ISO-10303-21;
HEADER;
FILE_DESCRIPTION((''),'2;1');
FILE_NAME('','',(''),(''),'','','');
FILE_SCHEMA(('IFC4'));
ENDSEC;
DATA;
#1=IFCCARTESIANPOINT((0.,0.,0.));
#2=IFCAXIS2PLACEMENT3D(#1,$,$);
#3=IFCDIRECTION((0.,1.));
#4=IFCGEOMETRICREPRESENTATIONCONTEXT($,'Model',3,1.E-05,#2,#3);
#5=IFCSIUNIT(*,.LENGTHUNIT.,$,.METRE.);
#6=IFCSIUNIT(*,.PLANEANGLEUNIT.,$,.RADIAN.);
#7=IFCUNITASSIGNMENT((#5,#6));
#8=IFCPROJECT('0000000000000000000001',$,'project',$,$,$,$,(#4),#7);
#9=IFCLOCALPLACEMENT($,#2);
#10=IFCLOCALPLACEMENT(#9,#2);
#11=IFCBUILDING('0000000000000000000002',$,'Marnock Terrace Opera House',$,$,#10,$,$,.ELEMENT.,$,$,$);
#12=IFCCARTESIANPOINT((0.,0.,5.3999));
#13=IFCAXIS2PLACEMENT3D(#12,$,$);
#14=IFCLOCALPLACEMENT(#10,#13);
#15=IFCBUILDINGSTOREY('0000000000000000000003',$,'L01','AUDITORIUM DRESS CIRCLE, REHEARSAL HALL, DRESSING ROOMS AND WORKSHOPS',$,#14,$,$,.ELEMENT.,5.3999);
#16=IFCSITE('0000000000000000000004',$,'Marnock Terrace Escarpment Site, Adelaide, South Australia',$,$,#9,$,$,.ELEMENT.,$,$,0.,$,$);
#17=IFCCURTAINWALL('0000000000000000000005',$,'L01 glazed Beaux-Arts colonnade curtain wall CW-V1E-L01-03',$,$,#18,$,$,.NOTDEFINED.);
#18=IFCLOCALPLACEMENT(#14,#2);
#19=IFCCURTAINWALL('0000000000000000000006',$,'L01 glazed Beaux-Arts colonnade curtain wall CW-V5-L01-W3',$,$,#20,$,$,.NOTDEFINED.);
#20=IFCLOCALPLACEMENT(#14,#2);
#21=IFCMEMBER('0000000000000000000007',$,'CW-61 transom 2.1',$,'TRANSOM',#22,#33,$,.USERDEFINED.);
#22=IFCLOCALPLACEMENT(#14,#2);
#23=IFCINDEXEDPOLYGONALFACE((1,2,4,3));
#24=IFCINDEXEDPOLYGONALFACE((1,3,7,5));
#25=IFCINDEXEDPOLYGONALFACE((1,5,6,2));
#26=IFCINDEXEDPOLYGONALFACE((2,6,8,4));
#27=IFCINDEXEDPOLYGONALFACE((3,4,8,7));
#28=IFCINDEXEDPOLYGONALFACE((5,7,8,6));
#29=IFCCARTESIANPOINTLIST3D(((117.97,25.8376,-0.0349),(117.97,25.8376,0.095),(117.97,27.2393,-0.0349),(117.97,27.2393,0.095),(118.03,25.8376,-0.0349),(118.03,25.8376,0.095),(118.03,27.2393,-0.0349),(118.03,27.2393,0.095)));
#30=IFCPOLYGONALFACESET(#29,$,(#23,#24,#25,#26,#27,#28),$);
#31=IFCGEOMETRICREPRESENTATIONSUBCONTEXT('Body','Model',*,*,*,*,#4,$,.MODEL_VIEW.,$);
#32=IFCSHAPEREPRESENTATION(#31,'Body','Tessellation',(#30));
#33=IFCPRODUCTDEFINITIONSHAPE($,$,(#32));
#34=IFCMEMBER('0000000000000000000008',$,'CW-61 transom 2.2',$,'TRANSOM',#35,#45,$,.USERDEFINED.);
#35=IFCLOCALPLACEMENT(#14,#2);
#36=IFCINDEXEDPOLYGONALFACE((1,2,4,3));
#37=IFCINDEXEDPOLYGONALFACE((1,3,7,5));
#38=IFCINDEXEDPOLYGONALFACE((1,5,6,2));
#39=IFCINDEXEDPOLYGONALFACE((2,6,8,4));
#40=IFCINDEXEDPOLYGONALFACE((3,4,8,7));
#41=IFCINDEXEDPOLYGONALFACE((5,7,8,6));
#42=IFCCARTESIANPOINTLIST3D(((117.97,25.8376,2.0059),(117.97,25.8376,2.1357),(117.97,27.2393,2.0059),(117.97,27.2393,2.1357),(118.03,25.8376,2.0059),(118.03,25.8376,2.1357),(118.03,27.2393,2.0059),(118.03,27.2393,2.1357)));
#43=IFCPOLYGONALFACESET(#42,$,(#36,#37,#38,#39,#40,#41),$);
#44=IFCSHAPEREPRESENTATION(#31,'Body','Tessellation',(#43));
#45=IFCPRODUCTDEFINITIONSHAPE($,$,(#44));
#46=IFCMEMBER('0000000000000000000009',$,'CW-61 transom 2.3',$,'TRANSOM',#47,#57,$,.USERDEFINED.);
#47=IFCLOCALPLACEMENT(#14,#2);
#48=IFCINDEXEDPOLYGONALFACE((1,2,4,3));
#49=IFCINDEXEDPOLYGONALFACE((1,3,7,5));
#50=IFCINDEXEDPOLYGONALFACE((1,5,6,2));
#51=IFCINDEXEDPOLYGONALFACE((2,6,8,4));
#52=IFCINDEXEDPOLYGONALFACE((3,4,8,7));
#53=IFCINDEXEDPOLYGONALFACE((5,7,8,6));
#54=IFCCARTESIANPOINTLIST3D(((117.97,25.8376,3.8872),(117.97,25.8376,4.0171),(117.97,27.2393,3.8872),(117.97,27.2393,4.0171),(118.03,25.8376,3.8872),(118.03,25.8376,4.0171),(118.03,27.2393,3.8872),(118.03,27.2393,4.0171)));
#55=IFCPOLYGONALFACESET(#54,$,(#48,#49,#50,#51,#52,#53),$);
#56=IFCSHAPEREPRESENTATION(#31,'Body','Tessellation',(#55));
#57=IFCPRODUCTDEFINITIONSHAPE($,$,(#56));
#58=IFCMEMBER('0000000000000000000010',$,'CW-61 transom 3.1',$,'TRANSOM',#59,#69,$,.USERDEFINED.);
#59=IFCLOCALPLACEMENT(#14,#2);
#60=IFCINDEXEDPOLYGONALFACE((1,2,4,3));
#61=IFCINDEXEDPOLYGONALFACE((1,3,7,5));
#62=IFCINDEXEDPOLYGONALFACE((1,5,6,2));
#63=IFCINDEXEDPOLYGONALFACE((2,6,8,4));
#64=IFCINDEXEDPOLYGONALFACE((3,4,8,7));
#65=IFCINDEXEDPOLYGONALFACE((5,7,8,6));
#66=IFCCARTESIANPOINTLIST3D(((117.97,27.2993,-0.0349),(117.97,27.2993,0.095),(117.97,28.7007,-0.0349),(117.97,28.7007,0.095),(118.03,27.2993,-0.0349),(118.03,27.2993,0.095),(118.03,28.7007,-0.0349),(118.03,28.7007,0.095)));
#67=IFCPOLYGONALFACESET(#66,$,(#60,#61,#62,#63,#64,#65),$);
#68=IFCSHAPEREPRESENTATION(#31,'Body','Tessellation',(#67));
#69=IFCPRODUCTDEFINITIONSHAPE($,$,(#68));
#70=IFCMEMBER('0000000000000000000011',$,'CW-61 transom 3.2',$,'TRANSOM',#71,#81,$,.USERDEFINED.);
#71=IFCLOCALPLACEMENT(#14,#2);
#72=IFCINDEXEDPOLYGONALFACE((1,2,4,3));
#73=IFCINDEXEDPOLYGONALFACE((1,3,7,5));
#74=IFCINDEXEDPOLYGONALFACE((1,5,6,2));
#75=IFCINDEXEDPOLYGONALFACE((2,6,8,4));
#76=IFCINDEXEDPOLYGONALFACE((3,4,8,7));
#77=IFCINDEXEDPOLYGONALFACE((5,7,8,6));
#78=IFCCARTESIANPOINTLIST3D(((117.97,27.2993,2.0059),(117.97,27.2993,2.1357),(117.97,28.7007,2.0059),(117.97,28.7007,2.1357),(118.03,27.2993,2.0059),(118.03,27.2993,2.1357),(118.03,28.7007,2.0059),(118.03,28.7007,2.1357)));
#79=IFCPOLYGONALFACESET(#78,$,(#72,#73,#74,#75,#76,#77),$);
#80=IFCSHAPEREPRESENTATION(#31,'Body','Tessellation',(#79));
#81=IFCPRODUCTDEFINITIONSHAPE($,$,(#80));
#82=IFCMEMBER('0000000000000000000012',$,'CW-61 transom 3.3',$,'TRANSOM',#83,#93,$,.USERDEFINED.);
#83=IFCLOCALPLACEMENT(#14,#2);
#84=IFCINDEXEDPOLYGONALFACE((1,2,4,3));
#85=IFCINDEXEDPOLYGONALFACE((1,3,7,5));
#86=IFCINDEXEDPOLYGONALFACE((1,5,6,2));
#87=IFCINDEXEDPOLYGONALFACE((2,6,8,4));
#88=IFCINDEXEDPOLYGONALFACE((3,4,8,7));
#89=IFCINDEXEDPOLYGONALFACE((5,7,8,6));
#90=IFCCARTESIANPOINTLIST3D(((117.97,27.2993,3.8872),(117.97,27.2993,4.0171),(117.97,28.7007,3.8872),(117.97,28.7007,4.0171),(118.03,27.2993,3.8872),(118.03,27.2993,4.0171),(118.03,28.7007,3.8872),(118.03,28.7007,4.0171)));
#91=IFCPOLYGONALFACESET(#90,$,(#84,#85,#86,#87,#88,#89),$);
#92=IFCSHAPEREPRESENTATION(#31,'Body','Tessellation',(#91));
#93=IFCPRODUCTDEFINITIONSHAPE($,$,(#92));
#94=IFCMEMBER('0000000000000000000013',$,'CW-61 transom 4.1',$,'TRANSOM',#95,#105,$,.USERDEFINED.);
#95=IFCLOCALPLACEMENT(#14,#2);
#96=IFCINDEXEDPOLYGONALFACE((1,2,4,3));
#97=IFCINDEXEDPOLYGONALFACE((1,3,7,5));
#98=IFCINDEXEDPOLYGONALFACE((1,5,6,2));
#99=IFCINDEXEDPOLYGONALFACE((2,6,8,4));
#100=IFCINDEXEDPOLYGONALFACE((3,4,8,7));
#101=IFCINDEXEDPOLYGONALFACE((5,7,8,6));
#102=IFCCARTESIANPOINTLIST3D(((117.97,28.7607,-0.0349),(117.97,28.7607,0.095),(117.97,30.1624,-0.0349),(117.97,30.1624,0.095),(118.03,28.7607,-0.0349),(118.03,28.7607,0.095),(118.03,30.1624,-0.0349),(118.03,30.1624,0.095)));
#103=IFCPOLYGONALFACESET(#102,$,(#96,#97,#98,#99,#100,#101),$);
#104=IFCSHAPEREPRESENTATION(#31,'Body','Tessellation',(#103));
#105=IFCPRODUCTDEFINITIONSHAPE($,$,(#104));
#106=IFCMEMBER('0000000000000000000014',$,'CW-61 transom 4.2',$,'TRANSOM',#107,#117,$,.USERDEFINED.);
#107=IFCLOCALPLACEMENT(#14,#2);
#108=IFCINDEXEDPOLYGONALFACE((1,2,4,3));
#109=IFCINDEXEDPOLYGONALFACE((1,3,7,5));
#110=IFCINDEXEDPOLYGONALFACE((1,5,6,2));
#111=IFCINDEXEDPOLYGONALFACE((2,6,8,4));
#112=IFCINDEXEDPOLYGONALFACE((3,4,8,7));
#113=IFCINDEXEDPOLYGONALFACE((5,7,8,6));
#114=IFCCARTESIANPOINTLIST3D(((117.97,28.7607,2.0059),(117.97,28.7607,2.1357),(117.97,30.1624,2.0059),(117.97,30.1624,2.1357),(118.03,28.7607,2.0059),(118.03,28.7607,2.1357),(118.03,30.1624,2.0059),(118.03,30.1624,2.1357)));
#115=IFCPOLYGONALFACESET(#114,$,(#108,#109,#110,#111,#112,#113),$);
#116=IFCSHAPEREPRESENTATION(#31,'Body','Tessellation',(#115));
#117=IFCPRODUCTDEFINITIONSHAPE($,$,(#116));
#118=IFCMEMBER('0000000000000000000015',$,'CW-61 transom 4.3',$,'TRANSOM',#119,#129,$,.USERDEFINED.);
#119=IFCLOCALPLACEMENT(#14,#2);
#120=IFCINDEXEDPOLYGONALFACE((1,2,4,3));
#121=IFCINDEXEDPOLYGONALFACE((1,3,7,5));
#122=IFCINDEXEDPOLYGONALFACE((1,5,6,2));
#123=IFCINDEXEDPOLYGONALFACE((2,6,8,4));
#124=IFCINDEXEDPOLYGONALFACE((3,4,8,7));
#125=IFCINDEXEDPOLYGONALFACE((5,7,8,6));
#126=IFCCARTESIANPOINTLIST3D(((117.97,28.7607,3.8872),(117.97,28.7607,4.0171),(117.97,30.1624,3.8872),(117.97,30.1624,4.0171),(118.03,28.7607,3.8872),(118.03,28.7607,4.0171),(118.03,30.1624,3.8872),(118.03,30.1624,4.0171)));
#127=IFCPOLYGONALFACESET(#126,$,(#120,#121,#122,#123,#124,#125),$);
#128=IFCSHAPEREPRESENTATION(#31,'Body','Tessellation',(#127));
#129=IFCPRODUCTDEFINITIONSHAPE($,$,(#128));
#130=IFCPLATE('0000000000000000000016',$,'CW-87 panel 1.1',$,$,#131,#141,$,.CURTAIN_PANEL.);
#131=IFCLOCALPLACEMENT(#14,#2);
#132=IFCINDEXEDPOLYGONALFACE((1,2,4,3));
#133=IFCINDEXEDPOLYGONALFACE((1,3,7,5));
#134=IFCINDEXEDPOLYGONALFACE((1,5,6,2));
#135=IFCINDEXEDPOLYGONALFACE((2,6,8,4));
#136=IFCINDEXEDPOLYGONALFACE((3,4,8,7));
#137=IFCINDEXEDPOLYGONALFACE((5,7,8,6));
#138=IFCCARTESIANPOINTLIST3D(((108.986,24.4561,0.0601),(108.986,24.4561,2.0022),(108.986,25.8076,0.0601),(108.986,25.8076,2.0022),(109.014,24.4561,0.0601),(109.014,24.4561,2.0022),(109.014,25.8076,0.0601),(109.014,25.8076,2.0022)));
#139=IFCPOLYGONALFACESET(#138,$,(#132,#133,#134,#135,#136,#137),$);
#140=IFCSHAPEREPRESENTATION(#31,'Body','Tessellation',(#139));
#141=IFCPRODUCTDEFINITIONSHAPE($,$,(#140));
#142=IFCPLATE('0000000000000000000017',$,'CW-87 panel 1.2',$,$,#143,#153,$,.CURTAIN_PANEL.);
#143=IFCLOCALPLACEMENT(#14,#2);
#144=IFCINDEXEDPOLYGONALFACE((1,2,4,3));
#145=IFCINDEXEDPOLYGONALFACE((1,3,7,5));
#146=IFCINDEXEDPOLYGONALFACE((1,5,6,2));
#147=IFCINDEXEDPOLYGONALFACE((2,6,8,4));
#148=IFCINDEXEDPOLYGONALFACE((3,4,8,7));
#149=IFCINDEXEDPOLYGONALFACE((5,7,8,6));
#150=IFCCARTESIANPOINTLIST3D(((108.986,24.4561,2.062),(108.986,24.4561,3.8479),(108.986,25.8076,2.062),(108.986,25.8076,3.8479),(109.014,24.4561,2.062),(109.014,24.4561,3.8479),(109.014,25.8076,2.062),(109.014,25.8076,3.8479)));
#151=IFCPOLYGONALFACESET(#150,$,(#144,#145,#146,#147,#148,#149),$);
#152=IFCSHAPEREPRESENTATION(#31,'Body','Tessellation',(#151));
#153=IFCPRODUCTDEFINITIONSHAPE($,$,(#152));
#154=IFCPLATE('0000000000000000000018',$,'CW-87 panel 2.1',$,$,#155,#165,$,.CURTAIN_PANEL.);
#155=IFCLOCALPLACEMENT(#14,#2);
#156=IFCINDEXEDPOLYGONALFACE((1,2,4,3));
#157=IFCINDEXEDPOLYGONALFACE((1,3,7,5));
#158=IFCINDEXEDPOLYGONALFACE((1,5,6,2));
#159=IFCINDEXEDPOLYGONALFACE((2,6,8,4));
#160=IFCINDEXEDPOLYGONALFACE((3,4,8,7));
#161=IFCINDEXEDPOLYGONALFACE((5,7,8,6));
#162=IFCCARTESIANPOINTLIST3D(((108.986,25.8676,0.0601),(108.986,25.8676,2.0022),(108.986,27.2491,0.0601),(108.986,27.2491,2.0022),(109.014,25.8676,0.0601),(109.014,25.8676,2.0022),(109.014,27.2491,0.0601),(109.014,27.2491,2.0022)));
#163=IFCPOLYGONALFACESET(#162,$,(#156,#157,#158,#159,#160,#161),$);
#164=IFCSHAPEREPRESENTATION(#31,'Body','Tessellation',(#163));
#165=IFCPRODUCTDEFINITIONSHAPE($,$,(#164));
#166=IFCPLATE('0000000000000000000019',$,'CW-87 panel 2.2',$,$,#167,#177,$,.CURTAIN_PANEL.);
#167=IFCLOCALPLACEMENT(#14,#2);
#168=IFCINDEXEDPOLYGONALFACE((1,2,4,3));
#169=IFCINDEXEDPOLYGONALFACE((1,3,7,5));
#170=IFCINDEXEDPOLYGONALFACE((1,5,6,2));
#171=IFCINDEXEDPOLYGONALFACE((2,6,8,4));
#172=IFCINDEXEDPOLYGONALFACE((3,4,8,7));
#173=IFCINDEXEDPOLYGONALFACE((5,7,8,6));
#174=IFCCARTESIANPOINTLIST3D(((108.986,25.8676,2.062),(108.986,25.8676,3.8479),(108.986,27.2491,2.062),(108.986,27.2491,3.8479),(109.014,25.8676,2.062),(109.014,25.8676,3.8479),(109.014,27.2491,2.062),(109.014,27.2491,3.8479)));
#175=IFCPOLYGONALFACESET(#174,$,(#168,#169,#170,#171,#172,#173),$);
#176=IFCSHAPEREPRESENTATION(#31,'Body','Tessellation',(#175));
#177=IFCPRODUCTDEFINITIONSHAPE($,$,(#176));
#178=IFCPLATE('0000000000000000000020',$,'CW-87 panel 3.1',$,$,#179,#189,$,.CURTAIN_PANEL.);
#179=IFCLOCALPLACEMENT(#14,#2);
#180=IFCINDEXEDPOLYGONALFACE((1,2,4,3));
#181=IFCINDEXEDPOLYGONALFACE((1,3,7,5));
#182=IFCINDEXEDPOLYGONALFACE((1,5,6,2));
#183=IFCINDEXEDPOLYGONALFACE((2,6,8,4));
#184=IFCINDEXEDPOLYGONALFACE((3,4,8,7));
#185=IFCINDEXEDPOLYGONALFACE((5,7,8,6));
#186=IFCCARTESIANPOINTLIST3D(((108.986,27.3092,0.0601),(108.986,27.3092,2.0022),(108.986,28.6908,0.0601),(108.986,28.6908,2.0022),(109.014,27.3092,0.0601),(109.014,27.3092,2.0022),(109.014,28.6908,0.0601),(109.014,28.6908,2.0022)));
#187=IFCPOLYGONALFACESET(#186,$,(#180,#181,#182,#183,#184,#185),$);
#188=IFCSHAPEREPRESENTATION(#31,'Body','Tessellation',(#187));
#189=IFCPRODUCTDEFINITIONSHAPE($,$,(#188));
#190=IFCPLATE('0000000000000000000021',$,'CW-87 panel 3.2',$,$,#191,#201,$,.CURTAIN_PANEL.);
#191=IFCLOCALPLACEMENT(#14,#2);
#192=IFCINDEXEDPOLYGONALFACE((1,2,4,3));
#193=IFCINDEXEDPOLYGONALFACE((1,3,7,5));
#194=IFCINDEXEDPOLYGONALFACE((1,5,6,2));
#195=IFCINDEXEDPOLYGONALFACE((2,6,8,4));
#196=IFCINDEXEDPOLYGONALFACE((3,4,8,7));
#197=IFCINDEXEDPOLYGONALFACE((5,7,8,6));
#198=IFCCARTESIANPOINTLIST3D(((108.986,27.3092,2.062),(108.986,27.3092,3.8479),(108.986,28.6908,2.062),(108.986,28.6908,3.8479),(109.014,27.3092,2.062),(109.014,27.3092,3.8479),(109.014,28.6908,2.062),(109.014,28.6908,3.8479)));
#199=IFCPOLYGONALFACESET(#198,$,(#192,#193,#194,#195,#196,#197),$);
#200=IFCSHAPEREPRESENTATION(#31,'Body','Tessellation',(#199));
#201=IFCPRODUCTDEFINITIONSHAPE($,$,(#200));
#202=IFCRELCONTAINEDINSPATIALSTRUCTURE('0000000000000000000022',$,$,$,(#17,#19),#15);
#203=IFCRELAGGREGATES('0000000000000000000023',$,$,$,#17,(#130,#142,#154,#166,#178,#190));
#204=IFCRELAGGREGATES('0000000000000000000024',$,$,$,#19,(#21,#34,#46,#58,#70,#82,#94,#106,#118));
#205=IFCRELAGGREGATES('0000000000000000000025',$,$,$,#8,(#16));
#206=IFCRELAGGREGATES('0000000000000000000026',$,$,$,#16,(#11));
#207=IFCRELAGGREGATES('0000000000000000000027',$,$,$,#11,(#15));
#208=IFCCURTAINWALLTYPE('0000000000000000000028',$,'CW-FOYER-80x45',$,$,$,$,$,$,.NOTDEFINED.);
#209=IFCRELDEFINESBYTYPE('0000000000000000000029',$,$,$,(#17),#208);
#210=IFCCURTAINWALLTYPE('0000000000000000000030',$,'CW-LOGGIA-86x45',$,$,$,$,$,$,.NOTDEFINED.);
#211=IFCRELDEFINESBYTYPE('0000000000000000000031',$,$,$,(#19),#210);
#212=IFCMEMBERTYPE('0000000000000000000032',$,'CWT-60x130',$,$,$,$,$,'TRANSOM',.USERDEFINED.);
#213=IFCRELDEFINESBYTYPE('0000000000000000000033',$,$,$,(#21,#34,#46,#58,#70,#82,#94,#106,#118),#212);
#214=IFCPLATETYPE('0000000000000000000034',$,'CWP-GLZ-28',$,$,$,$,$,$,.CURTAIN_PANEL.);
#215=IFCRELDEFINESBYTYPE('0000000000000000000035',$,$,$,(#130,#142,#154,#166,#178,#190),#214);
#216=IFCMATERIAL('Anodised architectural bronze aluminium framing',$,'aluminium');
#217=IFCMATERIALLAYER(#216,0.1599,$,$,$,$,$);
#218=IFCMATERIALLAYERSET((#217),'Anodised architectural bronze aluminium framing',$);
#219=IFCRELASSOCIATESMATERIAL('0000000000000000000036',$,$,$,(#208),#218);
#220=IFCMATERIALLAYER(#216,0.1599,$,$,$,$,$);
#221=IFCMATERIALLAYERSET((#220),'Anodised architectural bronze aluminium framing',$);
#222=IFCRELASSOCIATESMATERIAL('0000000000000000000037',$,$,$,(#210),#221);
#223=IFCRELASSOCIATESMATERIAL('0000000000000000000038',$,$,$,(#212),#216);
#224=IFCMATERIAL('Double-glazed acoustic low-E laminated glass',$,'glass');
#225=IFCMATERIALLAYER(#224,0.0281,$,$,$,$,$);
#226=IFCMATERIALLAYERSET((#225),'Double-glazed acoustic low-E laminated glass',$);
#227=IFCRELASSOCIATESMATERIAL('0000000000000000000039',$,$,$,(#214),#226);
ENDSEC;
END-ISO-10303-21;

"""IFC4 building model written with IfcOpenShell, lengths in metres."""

from ifc_helpers import new_model, si_unit, direction, frame, origin, origin_2d, place, context, subcontext, project, spatial, rectangle, extrude, material, layer, layer_set, material_profile, profile_set, type_object, element, aggregate, save


model = new_model("IFC4")

# Units and contexts
model_context = context("Model", 3, precision=1e-05, world=origin(), true_north=direction((0.0, 1.0)))
body_context = subcontext(model_context, "Body", "Model", "MODEL_VIEW")
ifc_project = project(units=[si_unit("LENGTHUNIT", "METRE"), si_unit("PLANEANGLEUNIT", "RADIAN")], contexts=[model_context])

# Site, building, storey
site_placement = place(None, origin())
site = spatial("IfcSite", under=ifc_project, at=site_placement, Name="Marnock Terrace Escarpment Site, Adelaide, South Australia", CompositionType="ELEMENT", RefElevation=0.0)
building_placement = place(site_placement, origin())
building = spatial("IfcBuilding", under=site, at=building_placement, Name="Marnock Terrace Opera House", CompositionType="ELEMENT")
storey_placement = place(building_placement, frame((0.0, 0.0, 5.3999)))
storey = spatial("IfcBuildingStorey", under=building, at=storey_placement, Name="L01", Description="AUDITORIUM DRESS CIRCLE, REHEARSAL HALL, DRESSING ROOMS AND WORKSHOPS", CompositionType="ELEMENT", Elevation=5.3999)

# Curtain walls
ifc_material_1 = material(Name="Anodised architectural bronze aluminium framing", Category="aluminium")
ifc_layer_1 = layer(ifc_material_1, 0.1599)
ifc_layer_set_1 = layer_set([ifc_layer_1], Name="Anodised architectural bronze aluminium framing")
curtain_wall_type_1 = type_object("IfcCurtainWallType", Name="CW-FOYER-80x45", PredefinedType="NOTDEFINED", material=ifc_layer_set_1)
curtain_wall_1_placement = place(storey_placement, origin())
curtain_wall_1 = element("IfcCurtainWall", 1, at=curtain_wall_1_placement, inside=storey, type_object=curtain_wall_type_1, Name="L01 glazed Beaux-Arts colonnade curtain wall CW-V1E-L01-03", PredefinedType="NOTDEFINED")
ifc_layer_2 = layer(ifc_material_1, 0.1599)
ifc_layer_set_2 = layer_set([ifc_layer_2], Name="Anodised architectural bronze aluminium framing")
curtain_wall_type_2 = type_object("IfcCurtainWallType", Name="CW-LOGGIA-86x45", PredefinedType="NOTDEFINED", material=ifc_layer_set_2)
curtain_wall_2_placement = place(storey_placement, origin())
curtain_wall_2 = element("IfcCurtainWall", 2, at=curtain_wall_2_placement, inside=storey, type_object=curtain_wall_type_2, Name="L01 glazed Beaux-Arts colonnade curtain wall CW-V5-L01-W3", PredefinedType="NOTDEFINED")

# Members
ifc_material_profile_1 = material_profile(ifc_material_1, rectangle(XDim=0.0601, YDim=0.1299, at=origin_2d()))
ifc_profile_set_1 = profile_set([ifc_material_profile_1], Name="Anodised architectural bronze aluminium framing")
member_type_1 = type_object("IfcMemberType", Name="CWT-60x130", ElementType="TRANSOM", PredefinedType="USERDEFINED", material=ifc_profile_set_1)
member_1_placement = place(storey_placement, frame((118.0, 25.8376, 0.03), z_axis=(0.0, 1.0, 0.0), x_axis=(-1.0, 0.0, 0.0)))
member_1 = element("IfcMember", 3, at=member_1_placement, type_object=member_type_1, Name="CW-61 transom 2.1", ObjectType="TRANSOM", PredefinedType="USERDEFINED", context=body_context, shape_type="SweptSolid", body=[
    extrude(rectangle(XDim=0.0601, YDim=0.1299, at=origin_2d()), origin(), (0.0, 0.0, 1.0), 1.4016),
])
member_2_placement = place(storey_placement, frame((118.0, 25.8376, 2.0708), z_axis=(0.0, 1.0, 0.0), x_axis=(-1.0, 0.0, 0.0)))
member_2 = element("IfcMember", 4, at=member_2_placement, type_object=member_type_1, Name="CW-61 transom 2.2", ObjectType="TRANSOM", PredefinedType="USERDEFINED", context=body_context, shape_type="SweptSolid", body=[
    extrude(rectangle(XDim=0.0601, YDim=0.1299, at=origin_2d()), origin(), (0.0, 0.0, 1.0), 1.4016),
])
member_3_placement = place(storey_placement, frame((118.0, 25.8376, 3.9521), z_axis=(0.0, 1.0, 0.0), x_axis=(-1.0, 0.0, 0.0)))
member_3 = element("IfcMember", 5, at=member_3_placement, type_object=member_type_1, Name="CW-61 transom 2.3", ObjectType="TRANSOM", PredefinedType="USERDEFINED", context=body_context, shape_type="SweptSolid", body=[
    extrude(rectangle(XDim=0.0601, YDim=0.1299, at=origin_2d()), origin(), (0.0, 0.0, 1.0), 1.4016),
])
member_4_placement = place(storey_placement, frame((118.0, 27.2993, 0.03), z_axis=(0.0, 1.0, 0.0), x_axis=(-1.0, 0.0, 0.0)))
member_4 = element("IfcMember", 6, at=member_4_placement, type_object=member_type_1, Name="CW-61 transom 3.1", ObjectType="TRANSOM", PredefinedType="USERDEFINED", context=body_context, shape_type="SweptSolid", body=[
    extrude(rectangle(XDim=0.0601, YDim=0.1299, at=origin_2d()), origin(), (0.0, 0.0, 1.0), 1.4014),
])
member_5_placement = place(storey_placement, frame((118.0, 27.2993, 2.0708), z_axis=(0.0, 1.0, 0.0), x_axis=(-1.0, 0.0, 0.0)))
member_5 = element("IfcMember", 7, at=member_5_placement, type_object=member_type_1, Name="CW-61 transom 3.2", ObjectType="TRANSOM", PredefinedType="USERDEFINED", context=body_context, shape_type="SweptSolid", body=[
    extrude(rectangle(XDim=0.0601, YDim=0.1299, at=origin_2d()), origin(), (0.0, 0.0, 1.0), 1.4014),
])
member_6_placement = place(storey_placement, frame((118.0, 27.2993, 3.9521), z_axis=(0.0, 1.0, 0.0), x_axis=(-1.0, 0.0, 0.0)))
member_6 = element("IfcMember", 8, at=member_6_placement, type_object=member_type_1, Name="CW-61 transom 3.3", ObjectType="TRANSOM", PredefinedType="USERDEFINED", context=body_context, shape_type="SweptSolid", body=[
    extrude(rectangle(XDim=0.0601, YDim=0.1299, at=origin_2d()), origin(), (0.0, 0.0, 1.0), 1.4014),
])
member_7_placement = place(storey_placement, frame((118.0, 28.7607, 0.03), z_axis=(0.0, 1.0, 0.0), x_axis=(-1.0, 0.0, 0.0)))
member_7 = element("IfcMember", 9, at=member_7_placement, type_object=member_type_1, Name="CW-61 transom 4.1", ObjectType="TRANSOM", PredefinedType="USERDEFINED", context=body_context, shape_type="SweptSolid", body=[
    extrude(rectangle(XDim=0.0601, YDim=0.1299, at=origin_2d()), origin(), (0.0, 0.0, 1.0), 1.4016),
])
member_8_placement = place(storey_placement, frame((118.0, 28.7607, 2.0708), z_axis=(0.0, 1.0, 0.0), x_axis=(-1.0, 0.0, 0.0)))
member_8 = element("IfcMember", 10, at=member_8_placement, type_object=member_type_1, Name="CW-61 transom 4.2", ObjectType="TRANSOM", PredefinedType="USERDEFINED", context=body_context, shape_type="SweptSolid", body=[
    extrude(rectangle(XDim=0.0601, YDim=0.1299, at=origin_2d()), origin(), (0.0, 0.0, 1.0), 1.4016),
])
member_9_placement = place(storey_placement, frame((118.0, 28.7607, 3.9521), z_axis=(0.0, 1.0, 0.0), x_axis=(-1.0, 0.0, 0.0)))
member_9 = element("IfcMember", 11, at=member_9_placement, type_object=member_type_1, Name="CW-61 transom 4.3", ObjectType="TRANSOM", PredefinedType="USERDEFINED", context=body_context, shape_type="SweptSolid", body=[
    extrude(rectangle(XDim=0.0601, YDim=0.1299, at=origin_2d()), origin(), (0.0, 0.0, 1.0), 1.4016),
])

# Plates
ifc_material_2 = material(Name="Double-glazed acoustic low-E laminated glass", Category="glass")
ifc_layer_3 = layer(ifc_material_2, 0.0281)
ifc_layer_set_3 = layer_set([ifc_layer_3], Name="Double-glazed acoustic low-E laminated glass")
plate_type = type_object("IfcPlateType", Name="CWP-GLZ-28", PredefinedType="CURTAIN_PANEL", material=ifc_layer_set_3)
plate_1_placement = place(storey_placement, frame((109.0, 25.1318, 0.0601), z_axis=(0.0, 0.0, 1.0), x_axis=(0.0, 1.0, 0.0)))
plate_1 = element("IfcPlate", 12, at=plate_1_placement, type_object=plate_type, Name="CW-87 panel 1.1", PredefinedType="CURTAIN_PANEL", context=body_context, shape_type="SweptSolid", body=[
    extrude(rectangle(XDim=1.3516, YDim=0.0281, at=origin_2d()), origin(), (0.0, 0.0, 1.0), 1.9421),
])
plate_2_placement = place(storey_placement, frame((109.0, 25.1318, 2.062), z_axis=(0.0, 0.0, 1.0), x_axis=(0.0, 1.0, 0.0)))
plate_2 = element("IfcPlate", 13, at=plate_2_placement, type_object=plate_type, Name="CW-87 panel 1.2", PredefinedType="CURTAIN_PANEL", context=body_context, shape_type="SweptSolid", body=[
    extrude(rectangle(XDim=1.3516, YDim=0.0281, at=origin_2d()), origin(), (0.0, 0.0, 1.0), 1.7859),
])
plate_3_placement = place(storey_placement, frame((109.0, 26.5583, 0.0601), z_axis=(0.0, 0.0, 1.0), x_axis=(0.0, 1.0, 0.0)))
plate_3 = element("IfcPlate", 14, at=plate_3_placement, type_object=plate_type, Name="CW-87 panel 2.1", PredefinedType="CURTAIN_PANEL", context=body_context, shape_type="SweptSolid", body=[
    extrude(rectangle(XDim=1.3816, YDim=0.0281, at=origin_2d()), origin(), (0.0, 0.0, 1.0), 1.9421),
])
plate_4_placement = place(storey_placement, frame((109.0, 26.5583, 2.062), z_axis=(0.0, 0.0, 1.0), x_axis=(0.0, 1.0, 0.0)))
plate_4 = element("IfcPlate", 15, at=plate_4_placement, type_object=plate_type, Name="CW-87 panel 2.2", PredefinedType="CURTAIN_PANEL", context=body_context, shape_type="SweptSolid", body=[
    extrude(rectangle(XDim=1.3816, YDim=0.0281, at=origin_2d()), origin(), (0.0, 0.0, 1.0), 1.7859),
])
plate_5_placement = place(storey_placement, frame((109.0, 28.0, 0.0601), z_axis=(0.0, 0.0, 1.0), x_axis=(0.0, 1.0, 0.0)))
plate_5 = element("IfcPlate", 16, at=plate_5_placement, type_object=plate_type, Name="CW-87 panel 3.1", PredefinedType="CURTAIN_PANEL", context=body_context, shape_type="SweptSolid", body=[
    extrude(rectangle(XDim=1.3816, YDim=0.0281, at=origin_2d()), origin(), (0.0, 0.0, 1.0), 1.9421),
])
plate_6_placement = place(storey_placement, frame((109.0, 28.0, 2.062), z_axis=(0.0, 0.0, 1.0), x_axis=(0.0, 1.0, 0.0)))
plate_6 = element("IfcPlate", 17, at=plate_6_placement, type_object=plate_type, Name="CW-87 panel 3.2", PredefinedType="CURTAIN_PANEL", context=body_context, shape_type="SweptSolid", body=[
    extrude(rectangle(XDim=1.3816, YDim=0.0281, at=origin_2d()), origin(), (0.0, 0.0, 1.0), 1.7859),
])
aggregate(curtain_wall_1, [plate_1, plate_2, plate_3, plate_4, plate_5, plate_6])
aggregate(curtain_wall_2, [member_1, member_2, member_3, member_4, member_5, member_6, member_7, member_8, member_9])

save(model, "model.ifc")
